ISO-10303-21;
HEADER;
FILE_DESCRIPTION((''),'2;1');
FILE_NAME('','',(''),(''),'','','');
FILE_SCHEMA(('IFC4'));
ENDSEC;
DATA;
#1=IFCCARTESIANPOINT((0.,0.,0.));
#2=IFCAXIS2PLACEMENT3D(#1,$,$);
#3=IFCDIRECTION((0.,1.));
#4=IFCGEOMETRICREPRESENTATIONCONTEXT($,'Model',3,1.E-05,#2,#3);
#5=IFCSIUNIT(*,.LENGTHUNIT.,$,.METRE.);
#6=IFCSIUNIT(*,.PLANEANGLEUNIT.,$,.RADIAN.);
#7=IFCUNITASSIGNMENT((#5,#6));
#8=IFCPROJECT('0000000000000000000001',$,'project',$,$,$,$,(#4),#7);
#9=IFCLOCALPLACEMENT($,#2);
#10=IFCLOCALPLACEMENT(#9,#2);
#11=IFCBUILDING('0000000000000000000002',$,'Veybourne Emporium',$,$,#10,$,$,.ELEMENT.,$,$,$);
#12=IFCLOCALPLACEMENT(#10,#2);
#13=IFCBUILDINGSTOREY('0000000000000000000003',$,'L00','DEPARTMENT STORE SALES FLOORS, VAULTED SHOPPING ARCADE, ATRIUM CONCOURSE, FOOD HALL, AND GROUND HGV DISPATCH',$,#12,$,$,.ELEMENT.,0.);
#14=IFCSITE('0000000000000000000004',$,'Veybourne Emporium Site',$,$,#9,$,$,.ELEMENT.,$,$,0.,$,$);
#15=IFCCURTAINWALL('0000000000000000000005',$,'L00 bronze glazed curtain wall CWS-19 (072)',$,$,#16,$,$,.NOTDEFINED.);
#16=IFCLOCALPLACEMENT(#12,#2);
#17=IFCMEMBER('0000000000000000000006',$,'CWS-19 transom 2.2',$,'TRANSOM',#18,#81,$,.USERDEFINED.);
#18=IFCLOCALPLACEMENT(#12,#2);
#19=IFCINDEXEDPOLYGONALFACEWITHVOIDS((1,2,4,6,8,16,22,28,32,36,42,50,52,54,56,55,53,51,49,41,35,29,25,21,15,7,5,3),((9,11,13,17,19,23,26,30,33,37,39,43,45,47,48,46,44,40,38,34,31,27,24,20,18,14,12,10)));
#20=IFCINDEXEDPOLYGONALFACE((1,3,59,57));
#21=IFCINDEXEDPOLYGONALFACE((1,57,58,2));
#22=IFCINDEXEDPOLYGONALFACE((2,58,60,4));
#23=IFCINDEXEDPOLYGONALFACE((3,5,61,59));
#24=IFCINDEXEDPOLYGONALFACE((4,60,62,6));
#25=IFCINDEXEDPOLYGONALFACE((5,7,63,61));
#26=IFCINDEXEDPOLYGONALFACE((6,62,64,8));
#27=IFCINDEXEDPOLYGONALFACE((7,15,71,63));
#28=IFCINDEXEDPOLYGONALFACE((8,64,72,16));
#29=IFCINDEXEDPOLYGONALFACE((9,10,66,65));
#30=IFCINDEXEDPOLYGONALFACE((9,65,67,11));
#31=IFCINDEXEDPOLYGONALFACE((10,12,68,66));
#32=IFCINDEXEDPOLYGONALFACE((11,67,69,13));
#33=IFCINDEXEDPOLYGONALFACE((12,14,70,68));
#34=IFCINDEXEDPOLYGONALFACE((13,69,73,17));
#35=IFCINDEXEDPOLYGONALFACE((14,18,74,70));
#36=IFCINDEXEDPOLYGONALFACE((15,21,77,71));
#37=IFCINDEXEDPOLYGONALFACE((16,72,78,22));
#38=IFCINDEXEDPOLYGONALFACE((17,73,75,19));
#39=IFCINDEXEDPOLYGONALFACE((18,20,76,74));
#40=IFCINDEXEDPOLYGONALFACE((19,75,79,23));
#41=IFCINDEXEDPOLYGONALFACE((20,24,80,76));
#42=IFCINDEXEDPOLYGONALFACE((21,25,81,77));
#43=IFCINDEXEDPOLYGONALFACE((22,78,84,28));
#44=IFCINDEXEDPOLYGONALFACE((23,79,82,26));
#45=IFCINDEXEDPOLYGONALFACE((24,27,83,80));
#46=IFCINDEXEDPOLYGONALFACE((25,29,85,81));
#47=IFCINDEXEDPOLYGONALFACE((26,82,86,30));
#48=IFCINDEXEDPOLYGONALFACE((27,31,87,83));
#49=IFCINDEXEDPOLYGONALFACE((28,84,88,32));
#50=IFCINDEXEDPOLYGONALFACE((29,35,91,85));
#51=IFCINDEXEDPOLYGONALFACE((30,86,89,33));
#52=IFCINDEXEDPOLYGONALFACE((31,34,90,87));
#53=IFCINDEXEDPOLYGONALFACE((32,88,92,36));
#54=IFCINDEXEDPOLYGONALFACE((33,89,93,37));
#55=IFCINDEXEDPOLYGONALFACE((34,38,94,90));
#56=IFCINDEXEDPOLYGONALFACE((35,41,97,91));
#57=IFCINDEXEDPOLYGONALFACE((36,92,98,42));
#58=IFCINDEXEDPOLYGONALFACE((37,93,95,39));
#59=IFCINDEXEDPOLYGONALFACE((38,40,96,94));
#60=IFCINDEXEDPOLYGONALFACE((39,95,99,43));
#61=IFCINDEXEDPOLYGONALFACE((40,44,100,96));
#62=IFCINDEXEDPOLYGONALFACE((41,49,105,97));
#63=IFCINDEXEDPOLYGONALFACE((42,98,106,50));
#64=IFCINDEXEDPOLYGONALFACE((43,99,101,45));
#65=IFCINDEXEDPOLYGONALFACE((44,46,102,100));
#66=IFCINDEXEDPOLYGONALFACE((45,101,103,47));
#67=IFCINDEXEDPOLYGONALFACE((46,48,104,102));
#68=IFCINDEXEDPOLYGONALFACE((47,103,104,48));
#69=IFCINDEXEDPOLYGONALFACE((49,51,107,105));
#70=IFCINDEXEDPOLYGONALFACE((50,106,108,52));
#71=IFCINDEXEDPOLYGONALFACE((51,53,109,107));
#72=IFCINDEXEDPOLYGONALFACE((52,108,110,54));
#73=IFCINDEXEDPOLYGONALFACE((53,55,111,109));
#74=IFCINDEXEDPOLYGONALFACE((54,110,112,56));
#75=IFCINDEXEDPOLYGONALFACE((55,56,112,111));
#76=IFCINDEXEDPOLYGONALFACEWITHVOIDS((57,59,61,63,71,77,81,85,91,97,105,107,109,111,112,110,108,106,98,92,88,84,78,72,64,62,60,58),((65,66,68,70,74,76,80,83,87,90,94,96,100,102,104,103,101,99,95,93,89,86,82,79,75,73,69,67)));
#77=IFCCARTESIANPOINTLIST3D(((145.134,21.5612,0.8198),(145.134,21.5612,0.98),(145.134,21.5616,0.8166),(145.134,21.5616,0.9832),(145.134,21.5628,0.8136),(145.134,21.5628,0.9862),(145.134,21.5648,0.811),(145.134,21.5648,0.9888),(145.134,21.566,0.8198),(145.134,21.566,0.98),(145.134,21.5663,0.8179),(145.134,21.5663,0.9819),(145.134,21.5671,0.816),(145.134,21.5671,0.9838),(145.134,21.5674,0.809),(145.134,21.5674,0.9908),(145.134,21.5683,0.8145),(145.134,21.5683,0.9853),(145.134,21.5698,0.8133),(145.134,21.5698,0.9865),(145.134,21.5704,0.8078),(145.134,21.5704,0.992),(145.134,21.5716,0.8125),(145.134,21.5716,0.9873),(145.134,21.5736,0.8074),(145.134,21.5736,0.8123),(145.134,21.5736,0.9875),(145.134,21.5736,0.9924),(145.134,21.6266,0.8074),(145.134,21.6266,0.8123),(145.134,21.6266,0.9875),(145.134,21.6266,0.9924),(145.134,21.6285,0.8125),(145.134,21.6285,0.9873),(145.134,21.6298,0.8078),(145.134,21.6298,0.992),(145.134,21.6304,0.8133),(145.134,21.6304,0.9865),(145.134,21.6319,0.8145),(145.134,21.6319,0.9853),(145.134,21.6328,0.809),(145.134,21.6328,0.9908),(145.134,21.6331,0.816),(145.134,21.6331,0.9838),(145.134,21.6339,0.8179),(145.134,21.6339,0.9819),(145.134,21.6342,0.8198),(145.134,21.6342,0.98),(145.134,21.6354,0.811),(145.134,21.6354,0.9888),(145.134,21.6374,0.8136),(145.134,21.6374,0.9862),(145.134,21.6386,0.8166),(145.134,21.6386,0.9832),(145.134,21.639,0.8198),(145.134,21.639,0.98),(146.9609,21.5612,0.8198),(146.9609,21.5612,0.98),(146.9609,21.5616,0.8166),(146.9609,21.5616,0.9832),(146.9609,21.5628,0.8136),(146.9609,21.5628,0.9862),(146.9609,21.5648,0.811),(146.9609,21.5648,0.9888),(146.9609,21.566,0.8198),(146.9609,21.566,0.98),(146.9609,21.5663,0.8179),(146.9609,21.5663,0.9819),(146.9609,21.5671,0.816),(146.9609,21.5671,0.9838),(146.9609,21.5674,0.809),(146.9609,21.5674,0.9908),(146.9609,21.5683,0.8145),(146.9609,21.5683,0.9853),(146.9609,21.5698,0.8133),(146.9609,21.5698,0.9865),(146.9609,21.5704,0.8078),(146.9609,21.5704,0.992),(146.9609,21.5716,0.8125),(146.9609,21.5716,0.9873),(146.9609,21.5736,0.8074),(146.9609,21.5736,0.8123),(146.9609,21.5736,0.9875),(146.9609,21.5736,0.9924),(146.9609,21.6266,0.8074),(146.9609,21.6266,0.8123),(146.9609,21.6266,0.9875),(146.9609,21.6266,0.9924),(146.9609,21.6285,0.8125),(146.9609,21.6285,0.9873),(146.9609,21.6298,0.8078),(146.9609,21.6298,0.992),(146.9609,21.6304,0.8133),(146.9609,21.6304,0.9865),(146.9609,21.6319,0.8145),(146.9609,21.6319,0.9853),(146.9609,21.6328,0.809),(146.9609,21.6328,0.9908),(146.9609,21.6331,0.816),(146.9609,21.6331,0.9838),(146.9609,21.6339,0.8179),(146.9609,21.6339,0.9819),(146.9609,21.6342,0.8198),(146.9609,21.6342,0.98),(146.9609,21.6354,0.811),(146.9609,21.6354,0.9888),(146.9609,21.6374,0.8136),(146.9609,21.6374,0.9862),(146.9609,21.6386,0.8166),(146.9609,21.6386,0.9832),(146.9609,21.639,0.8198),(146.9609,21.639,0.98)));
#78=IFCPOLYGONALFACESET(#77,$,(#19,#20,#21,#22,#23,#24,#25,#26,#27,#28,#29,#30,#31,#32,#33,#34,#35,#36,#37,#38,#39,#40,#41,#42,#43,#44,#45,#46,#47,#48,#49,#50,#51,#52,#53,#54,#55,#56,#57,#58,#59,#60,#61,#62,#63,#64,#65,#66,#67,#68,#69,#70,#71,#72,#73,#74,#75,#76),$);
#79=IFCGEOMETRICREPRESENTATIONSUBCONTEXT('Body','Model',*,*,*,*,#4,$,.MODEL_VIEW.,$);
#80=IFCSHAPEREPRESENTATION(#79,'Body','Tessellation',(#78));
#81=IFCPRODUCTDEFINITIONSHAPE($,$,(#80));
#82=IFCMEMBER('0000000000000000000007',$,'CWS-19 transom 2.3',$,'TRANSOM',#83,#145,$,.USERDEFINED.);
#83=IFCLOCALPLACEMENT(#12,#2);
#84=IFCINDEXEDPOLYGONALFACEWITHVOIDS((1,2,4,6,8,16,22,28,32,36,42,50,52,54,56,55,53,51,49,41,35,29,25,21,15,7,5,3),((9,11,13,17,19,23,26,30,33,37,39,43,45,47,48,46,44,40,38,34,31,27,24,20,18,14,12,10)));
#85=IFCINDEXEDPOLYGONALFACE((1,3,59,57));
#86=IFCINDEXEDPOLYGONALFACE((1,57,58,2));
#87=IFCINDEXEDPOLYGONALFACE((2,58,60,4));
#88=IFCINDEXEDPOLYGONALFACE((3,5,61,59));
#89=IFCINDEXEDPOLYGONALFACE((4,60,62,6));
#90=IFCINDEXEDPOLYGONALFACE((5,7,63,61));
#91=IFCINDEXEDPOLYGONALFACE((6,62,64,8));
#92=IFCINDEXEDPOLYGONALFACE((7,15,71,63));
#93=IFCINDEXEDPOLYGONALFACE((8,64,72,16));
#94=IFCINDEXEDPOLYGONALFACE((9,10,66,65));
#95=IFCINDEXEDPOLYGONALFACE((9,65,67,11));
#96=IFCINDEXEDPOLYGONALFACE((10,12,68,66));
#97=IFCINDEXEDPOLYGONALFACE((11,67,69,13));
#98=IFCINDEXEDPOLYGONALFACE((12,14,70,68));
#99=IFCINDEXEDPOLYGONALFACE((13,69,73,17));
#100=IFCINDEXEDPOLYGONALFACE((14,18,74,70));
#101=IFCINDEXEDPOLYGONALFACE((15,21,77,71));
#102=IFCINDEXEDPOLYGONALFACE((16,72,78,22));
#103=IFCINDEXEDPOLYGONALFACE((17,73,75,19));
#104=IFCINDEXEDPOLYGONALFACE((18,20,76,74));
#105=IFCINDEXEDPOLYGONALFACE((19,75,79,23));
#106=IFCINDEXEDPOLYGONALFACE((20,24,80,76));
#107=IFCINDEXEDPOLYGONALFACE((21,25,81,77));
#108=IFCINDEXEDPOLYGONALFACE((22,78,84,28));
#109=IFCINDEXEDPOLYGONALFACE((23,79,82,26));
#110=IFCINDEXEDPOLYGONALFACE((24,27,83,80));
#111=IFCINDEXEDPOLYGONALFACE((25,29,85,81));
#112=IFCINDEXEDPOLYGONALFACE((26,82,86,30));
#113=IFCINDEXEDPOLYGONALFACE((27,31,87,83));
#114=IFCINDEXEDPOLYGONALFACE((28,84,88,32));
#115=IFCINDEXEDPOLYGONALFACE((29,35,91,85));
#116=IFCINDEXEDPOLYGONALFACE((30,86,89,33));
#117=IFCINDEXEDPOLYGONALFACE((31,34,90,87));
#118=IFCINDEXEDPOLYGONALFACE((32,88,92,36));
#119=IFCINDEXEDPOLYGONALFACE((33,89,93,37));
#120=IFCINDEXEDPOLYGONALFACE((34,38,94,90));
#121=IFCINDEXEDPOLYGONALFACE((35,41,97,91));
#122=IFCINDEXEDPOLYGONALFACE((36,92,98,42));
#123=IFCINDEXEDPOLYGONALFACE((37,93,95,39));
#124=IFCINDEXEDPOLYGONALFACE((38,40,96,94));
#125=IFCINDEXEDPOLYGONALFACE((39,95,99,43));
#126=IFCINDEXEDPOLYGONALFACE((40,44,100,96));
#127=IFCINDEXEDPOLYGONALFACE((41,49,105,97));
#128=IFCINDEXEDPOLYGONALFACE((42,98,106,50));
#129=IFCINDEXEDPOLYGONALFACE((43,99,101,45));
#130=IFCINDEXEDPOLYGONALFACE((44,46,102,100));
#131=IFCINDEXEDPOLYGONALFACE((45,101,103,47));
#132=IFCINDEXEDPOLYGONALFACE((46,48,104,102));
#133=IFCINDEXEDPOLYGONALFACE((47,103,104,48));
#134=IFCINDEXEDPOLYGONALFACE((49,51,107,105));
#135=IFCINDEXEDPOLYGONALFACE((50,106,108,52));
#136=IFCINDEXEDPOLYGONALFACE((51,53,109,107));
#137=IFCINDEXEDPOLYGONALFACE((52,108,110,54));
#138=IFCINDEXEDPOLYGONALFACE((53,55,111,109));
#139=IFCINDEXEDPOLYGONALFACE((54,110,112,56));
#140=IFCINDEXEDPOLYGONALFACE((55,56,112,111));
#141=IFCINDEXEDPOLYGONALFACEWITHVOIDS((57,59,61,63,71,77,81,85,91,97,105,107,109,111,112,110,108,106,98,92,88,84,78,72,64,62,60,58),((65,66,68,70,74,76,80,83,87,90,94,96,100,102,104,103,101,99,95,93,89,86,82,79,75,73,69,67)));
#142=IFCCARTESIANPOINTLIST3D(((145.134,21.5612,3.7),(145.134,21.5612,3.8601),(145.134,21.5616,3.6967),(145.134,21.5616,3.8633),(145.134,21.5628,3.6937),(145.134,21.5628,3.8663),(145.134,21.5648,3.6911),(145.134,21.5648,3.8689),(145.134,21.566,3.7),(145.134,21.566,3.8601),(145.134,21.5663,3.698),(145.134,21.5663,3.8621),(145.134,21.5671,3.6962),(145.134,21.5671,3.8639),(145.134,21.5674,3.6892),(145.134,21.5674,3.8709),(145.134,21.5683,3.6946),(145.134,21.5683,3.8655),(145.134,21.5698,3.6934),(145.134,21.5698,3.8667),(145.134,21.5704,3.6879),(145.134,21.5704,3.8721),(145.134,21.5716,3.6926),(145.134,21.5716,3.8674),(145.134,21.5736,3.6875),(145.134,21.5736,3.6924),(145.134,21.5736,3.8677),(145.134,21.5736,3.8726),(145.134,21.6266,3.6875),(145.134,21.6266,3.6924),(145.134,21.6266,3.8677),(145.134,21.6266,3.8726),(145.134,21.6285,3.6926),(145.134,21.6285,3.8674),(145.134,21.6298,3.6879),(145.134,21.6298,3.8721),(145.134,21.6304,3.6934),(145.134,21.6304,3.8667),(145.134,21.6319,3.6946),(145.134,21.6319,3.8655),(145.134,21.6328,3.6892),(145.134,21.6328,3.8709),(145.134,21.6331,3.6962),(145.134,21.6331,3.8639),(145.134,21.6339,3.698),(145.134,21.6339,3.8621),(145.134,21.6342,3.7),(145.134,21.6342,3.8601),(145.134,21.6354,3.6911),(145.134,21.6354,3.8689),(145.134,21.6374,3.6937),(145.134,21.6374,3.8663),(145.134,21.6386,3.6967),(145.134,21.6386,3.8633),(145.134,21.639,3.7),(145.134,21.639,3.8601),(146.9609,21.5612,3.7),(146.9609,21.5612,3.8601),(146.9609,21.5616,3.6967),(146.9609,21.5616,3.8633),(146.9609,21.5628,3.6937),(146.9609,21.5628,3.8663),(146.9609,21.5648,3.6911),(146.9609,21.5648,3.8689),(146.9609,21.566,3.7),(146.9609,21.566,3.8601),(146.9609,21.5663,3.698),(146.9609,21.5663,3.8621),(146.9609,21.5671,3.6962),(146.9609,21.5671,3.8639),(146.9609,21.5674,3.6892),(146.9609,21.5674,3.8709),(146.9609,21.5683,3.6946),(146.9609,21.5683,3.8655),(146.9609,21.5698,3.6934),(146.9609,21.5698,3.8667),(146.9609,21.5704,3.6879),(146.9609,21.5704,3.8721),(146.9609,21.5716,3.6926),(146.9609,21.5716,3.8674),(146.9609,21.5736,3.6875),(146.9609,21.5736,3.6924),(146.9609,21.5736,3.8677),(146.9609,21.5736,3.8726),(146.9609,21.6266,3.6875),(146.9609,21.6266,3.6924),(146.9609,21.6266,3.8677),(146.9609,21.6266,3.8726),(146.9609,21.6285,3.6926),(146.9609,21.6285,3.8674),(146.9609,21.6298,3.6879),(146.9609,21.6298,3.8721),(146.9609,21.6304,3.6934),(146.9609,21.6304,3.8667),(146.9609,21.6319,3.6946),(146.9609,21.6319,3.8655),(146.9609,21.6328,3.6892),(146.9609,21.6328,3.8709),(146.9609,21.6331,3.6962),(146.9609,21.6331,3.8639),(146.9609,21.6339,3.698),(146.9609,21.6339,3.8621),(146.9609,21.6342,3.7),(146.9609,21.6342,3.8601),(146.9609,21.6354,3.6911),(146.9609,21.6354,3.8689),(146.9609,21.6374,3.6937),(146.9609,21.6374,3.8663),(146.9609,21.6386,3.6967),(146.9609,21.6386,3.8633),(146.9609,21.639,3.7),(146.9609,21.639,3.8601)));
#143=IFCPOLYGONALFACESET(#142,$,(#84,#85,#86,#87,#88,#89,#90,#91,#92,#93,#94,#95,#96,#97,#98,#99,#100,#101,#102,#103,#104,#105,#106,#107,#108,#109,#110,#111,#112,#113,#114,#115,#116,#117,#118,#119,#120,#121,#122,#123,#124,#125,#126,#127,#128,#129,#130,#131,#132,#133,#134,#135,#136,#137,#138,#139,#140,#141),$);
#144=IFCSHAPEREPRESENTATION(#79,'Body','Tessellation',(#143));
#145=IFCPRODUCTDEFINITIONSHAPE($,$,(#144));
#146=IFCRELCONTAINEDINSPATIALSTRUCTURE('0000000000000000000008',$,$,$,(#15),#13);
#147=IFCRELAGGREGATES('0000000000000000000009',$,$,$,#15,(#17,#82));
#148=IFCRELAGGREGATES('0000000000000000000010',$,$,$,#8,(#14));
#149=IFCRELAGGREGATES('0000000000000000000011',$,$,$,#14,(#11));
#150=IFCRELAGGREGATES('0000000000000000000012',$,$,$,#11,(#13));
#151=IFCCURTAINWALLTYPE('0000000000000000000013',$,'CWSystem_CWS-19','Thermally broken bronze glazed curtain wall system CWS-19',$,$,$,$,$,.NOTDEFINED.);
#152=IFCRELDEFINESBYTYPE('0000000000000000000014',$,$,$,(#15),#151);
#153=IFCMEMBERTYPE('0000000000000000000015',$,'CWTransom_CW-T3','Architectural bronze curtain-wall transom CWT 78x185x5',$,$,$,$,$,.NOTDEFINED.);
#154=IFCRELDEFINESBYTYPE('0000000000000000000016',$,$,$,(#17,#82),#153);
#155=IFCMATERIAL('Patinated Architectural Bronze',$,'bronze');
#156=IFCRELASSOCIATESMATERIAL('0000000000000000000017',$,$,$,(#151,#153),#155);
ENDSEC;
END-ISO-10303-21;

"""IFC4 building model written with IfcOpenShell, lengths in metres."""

from ifc_helpers import new_model, si_unit, direction, frame, origin, origin_2d, place, context, subcontext, project, spatial, hollow_rectangle, extrude, material, material_profile, profile_set, type_object, element, aggregate, save


model = new_model("IFC4")

# Units and contexts
model_context = context("Model", 3, precision=1e-05, world=origin(), true_north=direction((0.0, 1.0)))
body_context = subcontext(model_context, "Body", "Model", "MODEL_VIEW")
ifc_project = project(units=[si_unit("LENGTHUNIT", "METRE"), si_unit("PLANEANGLEUNIT", "RADIAN")], contexts=[model_context])

# Site, building, storey
site_placement = place(None, origin())
site = spatial("IfcSite", under=ifc_project, at=site_placement, Name="Veybourne Emporium Site", CompositionType="ELEMENT", RefElevation=0.0)
building_placement = place(site_placement, origin())
building = spatial("IfcBuilding", under=site, at=building_placement, Name="Veybourne Emporium", CompositionType="ELEMENT")
storey_placement = place(building_placement, origin())
storey = spatial("IfcBuildingStorey", under=building, at=storey_placement, Name="L00", Description="DEPARTMENT STORE SALES FLOORS, VAULTED SHOPPING ARCADE, ATRIUM CONCOURSE, FOOD HALL, AND GROUND HGV DISPATCH", CompositionType="ELEMENT", Elevation=0.0)

# Curtain wall, members
ifc_material_1 = material(Name="Patinated Architectural Bronze", Category="bronze")
curtain_wall_type = type_object("IfcCurtainWallType", Name="CWSystem_CWS-19", Description="Thermally broken bronze glazed curtain wall system CWS-19", PredefinedType="NOTDEFINED", material=ifc_material_1)
curtain_wall_placement = place(storey_placement, origin())
curtain_wall = element("IfcCurtainWall", 1, at=curtain_wall_placement, inside=storey, type_object=curtain_wall_type, Name="L00 bronze glazed curtain wall CWS-19 (072)", PredefinedType="NOTDEFINED")
ifc_material_profile_1 = material_profile(ifc_material_1, hollow_rectangle(XDim=0.0779, YDim=0.1851, WallThickness=0.0049, InnerFilletRadius=0.0076, OuterFilletRadius=0.0125, at=origin_2d()), Name="CWT 78x185x5")
ifc_profile_set_1 = profile_set([ifc_material_profile_1], Name="Patinated Architectural Bronze")
member_type_1 = type_object("IfcMemberType", Name="CWTransom_CW-T3", Description="Architectural bronze curtain-wall transom CWT 78x185x5", PredefinedType="NOTDEFINED", material=ifc_profile_set_1)
member_1_placement = place(storey_placement, frame((145.134, 21.6001, 0.8999), z_axis=(1.0, 0.0, 0.0), x_axis=(0.0, 1.0, 0.0)))
member_1 = element("IfcMember", 2, at=member_1_placement, type_object=member_type_1, Name="CWS-19 transom 2.2", ObjectType="TRANSOM", PredefinedType="USERDEFINED", context=body_context, shape_type="SweptSolid", body=[
    extrude(hollow_rectangle(XDim=0.0779, YDim=0.1851, WallThickness=0.0049, InnerFilletRadius=0.0076, OuterFilletRadius=0.0125, at=origin_2d()), origin(), (0.0, 0.0, 1.0), 1.8269),
])
member_2_placement = place(storey_placement, frame((145.134, 21.6001, 3.78), z_axis=(1.0, 0.0, 0.0), x_axis=(0.0, 1.0, 0.0)))
member_2 = element("IfcMember", 3, at=member_2_placement, type_object=member_type_1, Name="CWS-19 transom 2.3", ObjectType="TRANSOM", PredefinedType="USERDEFINED", context=body_context, shape_type="SweptSolid", body=[
    extrude(hollow_rectangle(XDim=0.0779, YDim=0.1851, WallThickness=0.0049, InnerFilletRadius=0.0076, OuterFilletRadius=0.0125, at=origin_2d()), origin(), (0.0, 0.0, 1.0), 1.8269),
])

aggregate(curtain_wall, [member_1, member_2])

save(model, "model.ifc")
